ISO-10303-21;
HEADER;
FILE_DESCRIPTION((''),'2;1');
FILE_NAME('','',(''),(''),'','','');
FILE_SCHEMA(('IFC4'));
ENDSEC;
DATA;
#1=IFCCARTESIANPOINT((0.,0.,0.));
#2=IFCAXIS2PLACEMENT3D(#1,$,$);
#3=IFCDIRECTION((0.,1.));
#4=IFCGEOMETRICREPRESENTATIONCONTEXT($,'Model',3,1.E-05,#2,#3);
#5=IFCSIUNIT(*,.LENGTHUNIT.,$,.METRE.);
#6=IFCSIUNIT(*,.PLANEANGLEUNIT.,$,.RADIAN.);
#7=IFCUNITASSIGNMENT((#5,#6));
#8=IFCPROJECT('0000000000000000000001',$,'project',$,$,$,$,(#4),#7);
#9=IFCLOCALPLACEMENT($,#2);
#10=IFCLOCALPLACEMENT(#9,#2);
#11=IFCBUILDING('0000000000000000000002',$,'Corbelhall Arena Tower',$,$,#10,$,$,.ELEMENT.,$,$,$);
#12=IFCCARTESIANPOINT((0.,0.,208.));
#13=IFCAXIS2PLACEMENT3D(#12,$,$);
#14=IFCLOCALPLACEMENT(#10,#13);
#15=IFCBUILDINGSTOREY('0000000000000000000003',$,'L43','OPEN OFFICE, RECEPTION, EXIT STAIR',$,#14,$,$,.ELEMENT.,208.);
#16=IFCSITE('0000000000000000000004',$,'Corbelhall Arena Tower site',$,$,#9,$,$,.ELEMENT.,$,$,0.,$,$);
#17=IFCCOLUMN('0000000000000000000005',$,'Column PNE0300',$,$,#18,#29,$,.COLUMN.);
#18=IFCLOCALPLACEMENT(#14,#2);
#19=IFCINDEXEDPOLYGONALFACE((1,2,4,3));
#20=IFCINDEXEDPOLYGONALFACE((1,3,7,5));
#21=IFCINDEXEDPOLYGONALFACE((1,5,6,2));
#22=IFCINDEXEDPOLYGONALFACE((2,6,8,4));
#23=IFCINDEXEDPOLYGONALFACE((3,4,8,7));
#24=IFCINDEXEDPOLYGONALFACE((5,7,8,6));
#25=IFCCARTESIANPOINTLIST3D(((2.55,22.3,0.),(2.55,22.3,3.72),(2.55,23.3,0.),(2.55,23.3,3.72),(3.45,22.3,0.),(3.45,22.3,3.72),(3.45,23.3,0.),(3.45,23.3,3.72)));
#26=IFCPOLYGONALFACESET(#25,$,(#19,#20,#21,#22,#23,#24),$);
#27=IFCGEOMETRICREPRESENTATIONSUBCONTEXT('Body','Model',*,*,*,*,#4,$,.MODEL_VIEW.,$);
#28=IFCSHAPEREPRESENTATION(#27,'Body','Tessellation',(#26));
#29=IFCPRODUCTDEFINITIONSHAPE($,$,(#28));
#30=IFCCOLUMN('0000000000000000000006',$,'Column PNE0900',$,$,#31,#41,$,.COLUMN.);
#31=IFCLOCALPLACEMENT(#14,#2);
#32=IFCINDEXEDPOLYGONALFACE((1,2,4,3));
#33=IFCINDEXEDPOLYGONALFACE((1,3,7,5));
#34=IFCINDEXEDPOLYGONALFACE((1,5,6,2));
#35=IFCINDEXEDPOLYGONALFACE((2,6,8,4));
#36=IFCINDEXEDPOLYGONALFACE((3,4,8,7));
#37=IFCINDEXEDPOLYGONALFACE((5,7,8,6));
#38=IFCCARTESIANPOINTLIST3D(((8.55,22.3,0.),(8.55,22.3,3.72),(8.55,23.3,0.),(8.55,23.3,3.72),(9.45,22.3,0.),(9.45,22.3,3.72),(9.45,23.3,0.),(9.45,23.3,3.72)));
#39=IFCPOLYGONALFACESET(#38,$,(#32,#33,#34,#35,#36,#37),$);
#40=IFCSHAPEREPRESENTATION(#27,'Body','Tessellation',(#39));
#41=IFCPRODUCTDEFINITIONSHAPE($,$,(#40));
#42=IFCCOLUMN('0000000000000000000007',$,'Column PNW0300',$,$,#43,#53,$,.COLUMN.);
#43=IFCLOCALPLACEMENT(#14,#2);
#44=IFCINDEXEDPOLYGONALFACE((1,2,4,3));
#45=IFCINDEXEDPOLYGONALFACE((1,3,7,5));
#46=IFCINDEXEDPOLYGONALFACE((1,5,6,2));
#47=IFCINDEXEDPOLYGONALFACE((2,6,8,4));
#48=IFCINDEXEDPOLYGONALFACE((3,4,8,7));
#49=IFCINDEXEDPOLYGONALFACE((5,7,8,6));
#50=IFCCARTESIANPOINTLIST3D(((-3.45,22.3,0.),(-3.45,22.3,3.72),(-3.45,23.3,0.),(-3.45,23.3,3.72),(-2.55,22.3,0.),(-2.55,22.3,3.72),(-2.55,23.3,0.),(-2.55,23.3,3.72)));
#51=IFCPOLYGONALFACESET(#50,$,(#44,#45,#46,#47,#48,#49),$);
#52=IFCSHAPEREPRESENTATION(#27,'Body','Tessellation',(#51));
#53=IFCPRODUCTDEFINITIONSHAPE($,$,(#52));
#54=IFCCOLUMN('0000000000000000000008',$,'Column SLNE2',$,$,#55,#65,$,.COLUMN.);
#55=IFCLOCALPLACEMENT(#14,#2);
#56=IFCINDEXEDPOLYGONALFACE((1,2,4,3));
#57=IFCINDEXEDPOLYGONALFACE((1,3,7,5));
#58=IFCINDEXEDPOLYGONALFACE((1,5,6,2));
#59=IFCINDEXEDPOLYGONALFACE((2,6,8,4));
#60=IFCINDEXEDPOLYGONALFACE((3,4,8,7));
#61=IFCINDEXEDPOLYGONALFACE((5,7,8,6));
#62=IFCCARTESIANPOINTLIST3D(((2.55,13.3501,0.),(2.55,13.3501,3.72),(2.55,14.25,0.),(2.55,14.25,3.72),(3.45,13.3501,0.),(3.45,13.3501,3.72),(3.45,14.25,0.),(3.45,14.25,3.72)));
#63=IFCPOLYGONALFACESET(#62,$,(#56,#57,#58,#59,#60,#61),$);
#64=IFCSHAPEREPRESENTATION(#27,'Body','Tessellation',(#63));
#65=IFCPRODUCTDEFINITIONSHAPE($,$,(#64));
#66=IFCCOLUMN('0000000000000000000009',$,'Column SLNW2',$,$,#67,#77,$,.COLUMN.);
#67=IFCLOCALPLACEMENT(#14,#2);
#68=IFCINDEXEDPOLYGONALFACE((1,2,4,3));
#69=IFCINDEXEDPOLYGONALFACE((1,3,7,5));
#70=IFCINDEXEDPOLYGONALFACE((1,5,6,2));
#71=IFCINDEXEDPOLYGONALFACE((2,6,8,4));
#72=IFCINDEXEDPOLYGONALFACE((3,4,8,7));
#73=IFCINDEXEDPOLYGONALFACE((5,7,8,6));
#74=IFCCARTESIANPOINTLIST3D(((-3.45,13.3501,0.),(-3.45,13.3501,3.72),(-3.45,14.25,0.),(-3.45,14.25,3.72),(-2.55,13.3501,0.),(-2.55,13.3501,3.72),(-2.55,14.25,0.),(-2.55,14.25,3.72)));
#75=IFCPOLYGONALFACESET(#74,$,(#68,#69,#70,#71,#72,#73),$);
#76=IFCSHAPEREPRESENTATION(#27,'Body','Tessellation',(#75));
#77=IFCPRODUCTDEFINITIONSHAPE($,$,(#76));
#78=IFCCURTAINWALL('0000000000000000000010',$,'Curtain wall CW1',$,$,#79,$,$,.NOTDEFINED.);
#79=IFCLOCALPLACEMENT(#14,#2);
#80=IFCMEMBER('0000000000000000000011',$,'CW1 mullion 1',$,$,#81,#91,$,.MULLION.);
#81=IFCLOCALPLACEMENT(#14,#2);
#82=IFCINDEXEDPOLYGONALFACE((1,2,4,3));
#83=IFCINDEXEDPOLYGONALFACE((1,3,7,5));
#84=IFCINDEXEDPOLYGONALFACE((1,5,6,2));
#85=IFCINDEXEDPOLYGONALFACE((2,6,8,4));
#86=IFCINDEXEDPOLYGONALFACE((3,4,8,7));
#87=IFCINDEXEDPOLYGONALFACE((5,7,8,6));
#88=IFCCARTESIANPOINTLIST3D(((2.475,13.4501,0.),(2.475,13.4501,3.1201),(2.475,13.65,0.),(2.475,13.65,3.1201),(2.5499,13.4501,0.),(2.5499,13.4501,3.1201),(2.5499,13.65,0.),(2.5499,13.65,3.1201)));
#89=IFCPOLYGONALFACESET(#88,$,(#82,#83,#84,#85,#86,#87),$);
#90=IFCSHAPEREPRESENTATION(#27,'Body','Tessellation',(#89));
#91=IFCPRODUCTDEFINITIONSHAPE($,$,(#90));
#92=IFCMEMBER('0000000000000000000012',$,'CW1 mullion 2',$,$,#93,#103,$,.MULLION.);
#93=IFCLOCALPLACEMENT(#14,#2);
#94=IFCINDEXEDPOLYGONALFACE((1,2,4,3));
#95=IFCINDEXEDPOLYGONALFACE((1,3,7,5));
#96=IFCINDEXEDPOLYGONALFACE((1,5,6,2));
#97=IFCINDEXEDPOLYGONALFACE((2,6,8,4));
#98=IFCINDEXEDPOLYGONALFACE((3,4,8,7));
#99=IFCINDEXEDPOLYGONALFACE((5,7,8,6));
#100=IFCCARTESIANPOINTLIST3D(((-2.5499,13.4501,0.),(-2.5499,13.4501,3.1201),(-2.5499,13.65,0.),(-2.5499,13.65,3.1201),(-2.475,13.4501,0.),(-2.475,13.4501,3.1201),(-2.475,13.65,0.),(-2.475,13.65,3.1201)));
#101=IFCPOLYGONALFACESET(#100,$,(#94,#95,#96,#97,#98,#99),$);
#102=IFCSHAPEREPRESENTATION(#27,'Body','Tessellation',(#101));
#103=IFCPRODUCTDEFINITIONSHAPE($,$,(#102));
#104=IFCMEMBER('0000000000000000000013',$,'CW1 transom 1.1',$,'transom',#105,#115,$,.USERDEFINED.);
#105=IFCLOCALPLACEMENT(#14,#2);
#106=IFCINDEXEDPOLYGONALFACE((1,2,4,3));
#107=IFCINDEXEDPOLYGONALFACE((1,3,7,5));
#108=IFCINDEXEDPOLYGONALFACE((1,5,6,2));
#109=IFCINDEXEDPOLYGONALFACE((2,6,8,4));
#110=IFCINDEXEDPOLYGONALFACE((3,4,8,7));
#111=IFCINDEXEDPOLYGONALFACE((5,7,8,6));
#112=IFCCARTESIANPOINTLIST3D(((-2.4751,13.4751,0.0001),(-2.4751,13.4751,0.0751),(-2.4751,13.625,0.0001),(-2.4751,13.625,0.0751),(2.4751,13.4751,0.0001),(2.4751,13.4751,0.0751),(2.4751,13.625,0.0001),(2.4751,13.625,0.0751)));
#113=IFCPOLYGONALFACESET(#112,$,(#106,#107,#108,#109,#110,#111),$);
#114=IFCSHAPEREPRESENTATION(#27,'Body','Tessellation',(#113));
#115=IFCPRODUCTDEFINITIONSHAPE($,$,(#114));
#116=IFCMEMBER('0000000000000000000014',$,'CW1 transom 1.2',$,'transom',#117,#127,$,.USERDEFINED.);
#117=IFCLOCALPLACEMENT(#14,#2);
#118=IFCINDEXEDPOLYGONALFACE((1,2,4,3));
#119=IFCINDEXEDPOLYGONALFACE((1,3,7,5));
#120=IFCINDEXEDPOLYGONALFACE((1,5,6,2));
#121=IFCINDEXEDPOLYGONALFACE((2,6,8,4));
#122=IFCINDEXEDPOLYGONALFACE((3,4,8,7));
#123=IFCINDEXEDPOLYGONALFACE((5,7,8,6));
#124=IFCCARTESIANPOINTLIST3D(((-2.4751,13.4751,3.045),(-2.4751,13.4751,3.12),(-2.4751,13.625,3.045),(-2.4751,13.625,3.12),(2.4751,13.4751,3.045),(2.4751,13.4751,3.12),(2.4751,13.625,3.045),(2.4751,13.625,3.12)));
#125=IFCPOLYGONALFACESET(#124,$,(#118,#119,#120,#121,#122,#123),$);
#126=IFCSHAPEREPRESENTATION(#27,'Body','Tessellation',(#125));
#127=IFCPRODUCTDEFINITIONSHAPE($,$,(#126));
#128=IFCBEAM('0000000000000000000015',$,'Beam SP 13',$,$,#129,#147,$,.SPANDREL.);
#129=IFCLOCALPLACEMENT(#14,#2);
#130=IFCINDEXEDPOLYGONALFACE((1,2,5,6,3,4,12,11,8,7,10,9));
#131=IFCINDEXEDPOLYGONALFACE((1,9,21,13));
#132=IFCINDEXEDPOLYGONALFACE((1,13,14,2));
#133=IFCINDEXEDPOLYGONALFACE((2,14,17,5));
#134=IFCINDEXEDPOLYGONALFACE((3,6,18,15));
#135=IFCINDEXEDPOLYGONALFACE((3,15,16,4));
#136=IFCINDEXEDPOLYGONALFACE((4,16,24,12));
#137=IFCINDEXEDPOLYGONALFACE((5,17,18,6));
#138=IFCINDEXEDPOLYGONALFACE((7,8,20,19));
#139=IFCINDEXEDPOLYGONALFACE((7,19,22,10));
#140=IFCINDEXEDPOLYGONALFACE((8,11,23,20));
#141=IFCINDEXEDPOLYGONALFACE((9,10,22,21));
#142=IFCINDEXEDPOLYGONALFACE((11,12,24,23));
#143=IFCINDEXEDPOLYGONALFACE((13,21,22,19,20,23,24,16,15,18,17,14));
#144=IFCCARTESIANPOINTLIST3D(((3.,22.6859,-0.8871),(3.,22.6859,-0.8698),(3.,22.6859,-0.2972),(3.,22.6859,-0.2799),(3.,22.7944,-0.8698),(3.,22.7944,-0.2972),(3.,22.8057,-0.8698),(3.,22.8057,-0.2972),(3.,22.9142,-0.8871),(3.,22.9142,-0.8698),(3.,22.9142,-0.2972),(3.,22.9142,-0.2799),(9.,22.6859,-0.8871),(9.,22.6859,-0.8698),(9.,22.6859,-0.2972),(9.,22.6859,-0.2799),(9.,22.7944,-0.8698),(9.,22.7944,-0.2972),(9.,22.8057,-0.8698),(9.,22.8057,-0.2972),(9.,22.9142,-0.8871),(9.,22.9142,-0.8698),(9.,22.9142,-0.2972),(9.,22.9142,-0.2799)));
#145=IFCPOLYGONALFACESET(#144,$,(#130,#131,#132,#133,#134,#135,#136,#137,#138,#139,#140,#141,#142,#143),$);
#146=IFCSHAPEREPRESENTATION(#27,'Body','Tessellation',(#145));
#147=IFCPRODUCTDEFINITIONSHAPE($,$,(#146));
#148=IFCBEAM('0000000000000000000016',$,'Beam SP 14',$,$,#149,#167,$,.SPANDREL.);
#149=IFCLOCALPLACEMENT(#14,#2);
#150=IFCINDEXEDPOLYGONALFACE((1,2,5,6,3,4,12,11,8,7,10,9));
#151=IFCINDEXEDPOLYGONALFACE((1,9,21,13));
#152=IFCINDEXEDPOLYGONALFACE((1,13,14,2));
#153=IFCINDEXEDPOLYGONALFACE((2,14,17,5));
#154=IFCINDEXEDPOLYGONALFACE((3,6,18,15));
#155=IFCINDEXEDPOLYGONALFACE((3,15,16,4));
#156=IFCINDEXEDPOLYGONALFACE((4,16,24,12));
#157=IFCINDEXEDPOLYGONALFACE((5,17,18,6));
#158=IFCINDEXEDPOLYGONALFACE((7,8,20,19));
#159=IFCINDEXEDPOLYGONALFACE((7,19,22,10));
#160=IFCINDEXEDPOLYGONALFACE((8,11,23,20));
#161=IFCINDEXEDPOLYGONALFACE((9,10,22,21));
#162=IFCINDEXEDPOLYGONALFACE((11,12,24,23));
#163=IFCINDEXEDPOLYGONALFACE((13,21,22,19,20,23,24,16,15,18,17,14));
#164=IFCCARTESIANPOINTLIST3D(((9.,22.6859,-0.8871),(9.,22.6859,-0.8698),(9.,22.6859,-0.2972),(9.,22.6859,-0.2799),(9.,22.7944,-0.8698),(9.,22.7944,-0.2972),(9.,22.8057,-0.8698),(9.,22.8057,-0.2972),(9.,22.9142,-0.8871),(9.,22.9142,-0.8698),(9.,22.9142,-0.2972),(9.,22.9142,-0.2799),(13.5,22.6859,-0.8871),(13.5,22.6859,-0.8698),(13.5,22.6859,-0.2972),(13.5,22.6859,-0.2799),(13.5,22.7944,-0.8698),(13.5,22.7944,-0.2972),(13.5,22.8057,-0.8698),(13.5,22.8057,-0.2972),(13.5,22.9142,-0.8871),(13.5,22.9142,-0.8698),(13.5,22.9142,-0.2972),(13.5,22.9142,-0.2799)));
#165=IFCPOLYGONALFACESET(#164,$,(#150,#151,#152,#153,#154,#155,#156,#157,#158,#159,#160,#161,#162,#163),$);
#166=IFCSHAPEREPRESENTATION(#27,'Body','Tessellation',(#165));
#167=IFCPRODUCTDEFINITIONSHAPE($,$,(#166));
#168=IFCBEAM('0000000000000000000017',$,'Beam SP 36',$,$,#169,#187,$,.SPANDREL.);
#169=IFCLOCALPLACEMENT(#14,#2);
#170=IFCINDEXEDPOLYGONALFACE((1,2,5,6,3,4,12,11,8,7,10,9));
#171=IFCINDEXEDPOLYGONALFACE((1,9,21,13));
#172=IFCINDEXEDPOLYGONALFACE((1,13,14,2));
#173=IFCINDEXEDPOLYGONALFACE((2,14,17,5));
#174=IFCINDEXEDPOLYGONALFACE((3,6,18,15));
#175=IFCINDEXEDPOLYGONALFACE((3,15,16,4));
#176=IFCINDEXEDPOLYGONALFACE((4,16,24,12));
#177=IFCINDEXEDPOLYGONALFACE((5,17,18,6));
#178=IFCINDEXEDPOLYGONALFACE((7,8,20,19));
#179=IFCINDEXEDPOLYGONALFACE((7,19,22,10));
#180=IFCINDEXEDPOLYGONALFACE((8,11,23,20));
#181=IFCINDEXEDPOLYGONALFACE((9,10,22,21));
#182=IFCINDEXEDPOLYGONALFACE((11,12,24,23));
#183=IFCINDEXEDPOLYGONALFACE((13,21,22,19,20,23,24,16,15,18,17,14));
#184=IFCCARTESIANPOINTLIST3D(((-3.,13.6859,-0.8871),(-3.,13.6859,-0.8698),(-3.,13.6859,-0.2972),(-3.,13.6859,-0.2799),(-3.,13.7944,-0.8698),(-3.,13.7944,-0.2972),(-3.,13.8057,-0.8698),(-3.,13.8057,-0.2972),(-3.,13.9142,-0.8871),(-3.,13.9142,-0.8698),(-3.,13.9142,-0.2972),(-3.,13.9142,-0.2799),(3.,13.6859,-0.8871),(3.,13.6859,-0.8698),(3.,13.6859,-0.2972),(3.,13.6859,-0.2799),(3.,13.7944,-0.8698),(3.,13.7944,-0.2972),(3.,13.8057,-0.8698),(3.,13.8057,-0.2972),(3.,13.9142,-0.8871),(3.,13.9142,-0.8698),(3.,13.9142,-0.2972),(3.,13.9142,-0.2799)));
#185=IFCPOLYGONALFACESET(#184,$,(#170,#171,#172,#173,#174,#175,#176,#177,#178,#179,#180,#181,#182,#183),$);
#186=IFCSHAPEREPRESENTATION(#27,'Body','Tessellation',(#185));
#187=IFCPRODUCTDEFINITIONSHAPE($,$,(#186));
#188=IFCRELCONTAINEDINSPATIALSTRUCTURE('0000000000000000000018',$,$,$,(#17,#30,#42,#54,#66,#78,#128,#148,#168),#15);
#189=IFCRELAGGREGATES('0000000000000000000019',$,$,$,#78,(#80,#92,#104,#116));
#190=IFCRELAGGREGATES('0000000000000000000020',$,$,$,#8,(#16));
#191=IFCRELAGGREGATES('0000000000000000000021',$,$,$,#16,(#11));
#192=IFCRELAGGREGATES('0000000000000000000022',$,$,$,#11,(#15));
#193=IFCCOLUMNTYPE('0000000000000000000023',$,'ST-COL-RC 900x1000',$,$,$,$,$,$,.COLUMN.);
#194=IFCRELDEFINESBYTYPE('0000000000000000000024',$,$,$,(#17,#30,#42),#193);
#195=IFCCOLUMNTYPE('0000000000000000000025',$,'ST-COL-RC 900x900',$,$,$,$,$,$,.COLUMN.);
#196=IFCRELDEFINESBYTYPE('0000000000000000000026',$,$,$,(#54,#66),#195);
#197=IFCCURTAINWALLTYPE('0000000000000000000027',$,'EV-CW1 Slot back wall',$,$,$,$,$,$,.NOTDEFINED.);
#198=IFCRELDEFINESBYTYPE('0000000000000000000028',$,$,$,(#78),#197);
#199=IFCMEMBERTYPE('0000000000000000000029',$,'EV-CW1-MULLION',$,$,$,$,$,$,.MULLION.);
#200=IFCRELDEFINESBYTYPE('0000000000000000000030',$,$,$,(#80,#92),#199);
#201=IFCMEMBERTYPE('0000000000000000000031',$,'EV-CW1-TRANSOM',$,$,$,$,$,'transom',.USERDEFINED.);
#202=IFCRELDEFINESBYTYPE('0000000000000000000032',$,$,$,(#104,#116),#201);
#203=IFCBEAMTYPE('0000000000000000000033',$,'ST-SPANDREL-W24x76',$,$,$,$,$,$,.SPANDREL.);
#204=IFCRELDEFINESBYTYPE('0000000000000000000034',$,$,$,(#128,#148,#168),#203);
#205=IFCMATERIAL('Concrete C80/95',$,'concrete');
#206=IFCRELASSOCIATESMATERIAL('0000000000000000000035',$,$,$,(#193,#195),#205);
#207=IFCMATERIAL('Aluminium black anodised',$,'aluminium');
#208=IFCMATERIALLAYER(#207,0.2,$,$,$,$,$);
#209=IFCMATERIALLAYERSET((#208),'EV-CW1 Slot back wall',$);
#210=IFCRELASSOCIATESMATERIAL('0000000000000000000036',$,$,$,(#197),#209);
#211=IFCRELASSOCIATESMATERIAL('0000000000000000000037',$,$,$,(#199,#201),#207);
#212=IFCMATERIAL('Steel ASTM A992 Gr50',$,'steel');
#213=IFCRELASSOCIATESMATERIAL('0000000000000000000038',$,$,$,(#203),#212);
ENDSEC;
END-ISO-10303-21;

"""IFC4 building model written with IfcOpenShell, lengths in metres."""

from ifc_helpers import new_model, si_unit, direction, frame, origin, origin_2d, place, context, subcontext, project, spatial, rectangle, i_section, extrude, material, layer, layer_set, material_profile, profile_set, type_object, element, aggregate, save


model = new_model("IFC4")

# Units and contexts
model_context = context("Model", 3, precision=1e-05, world=origin(), true_north=direction((0.0, 1.0)))
body_context = subcontext(model_context, "Body", "Model", "MODEL_VIEW")
ifc_project = project(units=[si_unit("LENGTHUNIT", "METRE"), si_unit("PLANEANGLEUNIT", "RADIAN")], contexts=[model_context])

# Site, building, storey
site_placement = place(None, origin())
site = spatial("IfcSite", under=ifc_project, at=site_placement, Name="Corbelhall Arena Tower site", CompositionType="ELEMENT", RefElevation=0.0)
building_placement = place(site_placement, origin())
building = spatial("IfcBuilding", under=site, at=building_placement, Name="Corbelhall Arena Tower", CompositionType="ELEMENT")
storey_placement = place(building_placement, frame((0.0, 0.0, 208.0)))
storey = spatial("IfcBuildingStorey", under=building, at=storey_placement, Name="L43", Description="OPEN OFFICE, RECEPTION, EXIT STAIR", CompositionType="ELEMENT", Elevation=208.0)

# Columns
ifc_material_1 = material(Name="Concrete C80/95", Category="concrete")
ifc_material_profile_1 = material_profile(ifc_material_1, rectangle(XDim=0.8999, YDim=1.0, at=origin_2d()))
ifc_profile_set_1 = profile_set([ifc_material_profile_1], Name="Concrete C80/95")
column_type_1 = type_object("IfcColumnType", Name="ST-COL-RC 900x1000", PredefinedType="COLUMN", material=ifc_profile_set_1)
for number, where, z_axis, x_axis, name in (
    (1, (3.0, 22.8, 0.0), (0.0, 0.0, 1.0), (1.0, 0.0, 0.0), "Column PNE0300"),
    (2, (9.0, 22.8, 0.0), (0.0, 0.0, 1.0), (1.0, 0.0, 0.0), "Column PNE0900"),
    (3, (-3.0, 22.8, 0.0), (0.0, 0.0, 1.0), (1.0, 0.0, 0.0), "Column PNW0300"),
):
    element("IfcColumn", number, at=place(storey_placement, frame(where, z_axis=z_axis, x_axis=x_axis)), inside=storey, type_object=column_type_1, Name=name, PredefinedType="COLUMN", context=body_context, shape_type="SweptSolid", body=[
        extrude(rectangle(XDim=0.8999, YDim=1.0, at=origin_2d()), origin(), (0.0, 0.0, 1.0), 3.72),
    ])
ifc_material_profile_2 = material_profile(ifc_material_1, rectangle(XDim=0.8999, YDim=0.8999, at=origin_2d()))
ifc_profile_set_2 = profile_set([ifc_material_profile_2], Name="Concrete C80/95")
column_type_2 = type_object("IfcColumnType", Name="ST-COL-RC 900x900", PredefinedType="COLUMN", material=ifc_profile_set_2)
for number, where, z_axis, x_axis, name in (
    (4, (3.0, 13.8, 0.0), (0.0, 0.0, 1.0), (1.0, 0.0, 0.0), "Column SLNE2"),
    (5, (-3.0, 13.8, 0.0), (0.0, 0.0, 1.0), (1.0, 0.0, 0.0), "Column SLNW2"),
):
    element("IfcColumn", number, at=place(storey_placement, frame(where, z_axis=z_axis, x_axis=x_axis)), inside=storey, type_object=column_type_2, Name=name, PredefinedType="COLUMN", context=body_context, shape_type="SweptSolid", body=[
        extrude(rectangle(XDim=0.8999, YDim=0.8999, at=origin_2d()), origin(), (0.0, 0.0, 1.0), 3.72),
    ])

# Curtain wall, members
ifc_material_2 = material(Name="Aluminium black anodised", Category="aluminium")
ifc_layer_1 = layer(ifc_material_2, 0.2)
ifc_layer_set_1 = layer_set([ifc_layer_1], Name="EV-CW1 Slot back wall")
curtain_wall_type = type_object("IfcCurtainWallType", Name="EV-CW1 Slot back wall", PredefinedType="NOTDEFINED", material=ifc_layer_set_1)
curtain_wall_placement = place(storey_placement, origin())
curtain_wall = element("IfcCurtainWall", 6, at=curtain_wall_placement, inside=storey, type_object=curtain_wall_type, Name="Curtain wall CW1", PredefinedType="NOTDEFINED")
ifc_material_profile_3 = material_profile(ifc_material_2, rectangle(XDim=0.2, YDim=0.075, at=origin_2d()))
ifc_profile_set_3 = profile_set([ifc_material_profile_3], Name="Aluminium black anodised")
member_type_1 = type_object("IfcMemberType", Name="EV-CW1-MULLION", PredefinedType="MULLION", material=ifc_profile_set_3)
member_1_placement = place(storey_placement, frame((2.5125, 13.55, 0.0), z_axis=(0.0, 0.0, 1.0), x_axis=(0.0, -1.0, 0.0)))
member_1 = element("IfcMember", 7, at=member_1_placement, type_object=member_type_1, Name="CW1 mullion 1", PredefinedType="MULLION", context=body_context, shape_type="SweptSolid", body=[
    extrude(rectangle(XDim=0.2, YDim=0.075, at=origin_2d()), origin(), (0.0, 0.0, 1.0), 3.1201),
])
member_2_placement = place(storey_placement, frame((-2.5125, 13.55, 0.0), z_axis=(0.0, 0.0, 1.0), x_axis=(0.0, -1.0, 0.0)))
member_2 = element("IfcMember", 8, at=member_2_placement, type_object=member_type_1, Name="CW1 mullion 2", PredefinedType="MULLION", context=body_context, shape_type="SweptSolid", body=[
    extrude(rectangle(XDim=0.2, YDim=0.075, at=origin_2d()), origin(), (0.0, 0.0, 1.0), 3.1201),
])
ifc_material_profile_4 = material_profile(ifc_material_2, rectangle(XDim=0.1499, YDim=0.075, at=origin_2d()))
ifc_profile_set_4 = profile_set([ifc_material_profile_4], Name="Aluminium black anodised")
member_type_2 = type_object("IfcMemberType", Name="EV-CW1-TRANSOM", ElementType="transom", PredefinedType="USERDEFINED", material=ifc_profile_set_4)
member_3_placement = place(storey_placement, frame((2.4751, 13.55, 0.0376), z_axis=(-1.0, 0.0, 0.0), x_axis=(0.0, -1.0, 0.0)))
member_3 = element("IfcMember", 9, at=member_3_placement, type_object=member_type_2, Name="CW1 transom 1.1", ObjectType="transom", PredefinedType="USERDEFINED", context=body_context, shape_type="SweptSolid", body=[
    extrude(rectangle(XDim=0.1499, YDim=0.075, at=origin_2d()), origin(), (0.0, 0.0, 1.0), 4.9502),
])
member_4_placement = place(storey_placement, frame((2.4751, 13.55, 3.0825), z_axis=(-1.0, 0.0, 0.0), x_axis=(0.0, -1.0, 0.0)))
member_4 = element("IfcMember", 10, at=member_4_placement, type_object=member_type_2, Name="CW1 transom 1.2", ObjectType="transom", PredefinedType="USERDEFINED", context=body_context, shape_type="SweptSolid", body=[
    extrude(rectangle(XDim=0.1499, YDim=0.075, at=origin_2d()), origin(), (0.0, 0.0, 1.0), 4.9502),
])

# Beams
ifc_material_3 = material(Name="Steel ASTM A992 Gr50", Category="steel")
ifc_material_profile_5 = material_profile(ifc_material_3, i_section(OverallWidth=0.2283, OverallDepth=0.6072, WebThickness=0.0112, FlangeThickness=0.0173, at=origin_2d()))
ifc_profile_set_5 = profile_set([ifc_material_profile_5], Name="Steel ASTM A992 Gr50")
beam_type_1 = type_object("IfcBeamType", Name="ST-SPANDREL-W24x76", PredefinedType="SPANDREL", material=ifc_profile_set_5)
beam_1_placement = place(storey_placement, frame((3.0, 22.8, -0.5835), z_axis=(1.0, 0.0, 0.0), x_axis=(0.0, 1.0, 0.0)))
element("IfcBeam", 11, at=beam_1_placement, inside=storey, type_object=beam_type_1, Name="Beam SP 13", PredefinedType="SPANDREL", context=body_context, shape_type="SweptSolid", body=[
    extrude(i_section(OverallWidth=0.2283, OverallDepth=0.6072, WebThickness=0.0112, FlangeThickness=0.0173, at=origin_2d()), origin(), (0.0, 0.0, 1.0), 6.0),
])
beam_2_placement = place(storey_placement, frame((9.0, 22.8, -0.5835), z_axis=(1.0, 0.0, 0.0), x_axis=(0.0, 1.0, 0.0)))
element("IfcBeam", 12, at=beam_2_placement, inside=storey, type_object=beam_type_1, Name="Beam SP 14", PredefinedType="SPANDREL", context=body_context, shape_type="SweptSolid", body=[
    extrude(i_section(OverallWidth=0.2283, OverallDepth=0.6072, WebThickness=0.0112, FlangeThickness=0.0173, at=origin_2d()), origin(), (0.0, 0.0, 1.0), 4.5),
])
beam_3_placement = place(storey_placement, frame((-3.0, 13.8, -0.5835), z_axis=(1.0, 0.0, 0.0), x_axis=(0.0, 1.0, 0.0)))
element("IfcBeam", 13, at=beam_3_placement, inside=storey, type_object=beam_type_1, Name="Beam SP 36", PredefinedType="SPANDREL", context=body_context, shape_type="SweptSolid", body=[
    extrude(i_section(OverallWidth=0.2283, OverallDepth=0.6072, WebThickness=0.0112, FlangeThickness=0.0173, at=origin_2d()), origin(), (0.0, 0.0, 1.0), 6.0),
])

aggregate(curtain_wall, [member_1, member_2, member_3, member_4])

save(model, "model.ifc")
